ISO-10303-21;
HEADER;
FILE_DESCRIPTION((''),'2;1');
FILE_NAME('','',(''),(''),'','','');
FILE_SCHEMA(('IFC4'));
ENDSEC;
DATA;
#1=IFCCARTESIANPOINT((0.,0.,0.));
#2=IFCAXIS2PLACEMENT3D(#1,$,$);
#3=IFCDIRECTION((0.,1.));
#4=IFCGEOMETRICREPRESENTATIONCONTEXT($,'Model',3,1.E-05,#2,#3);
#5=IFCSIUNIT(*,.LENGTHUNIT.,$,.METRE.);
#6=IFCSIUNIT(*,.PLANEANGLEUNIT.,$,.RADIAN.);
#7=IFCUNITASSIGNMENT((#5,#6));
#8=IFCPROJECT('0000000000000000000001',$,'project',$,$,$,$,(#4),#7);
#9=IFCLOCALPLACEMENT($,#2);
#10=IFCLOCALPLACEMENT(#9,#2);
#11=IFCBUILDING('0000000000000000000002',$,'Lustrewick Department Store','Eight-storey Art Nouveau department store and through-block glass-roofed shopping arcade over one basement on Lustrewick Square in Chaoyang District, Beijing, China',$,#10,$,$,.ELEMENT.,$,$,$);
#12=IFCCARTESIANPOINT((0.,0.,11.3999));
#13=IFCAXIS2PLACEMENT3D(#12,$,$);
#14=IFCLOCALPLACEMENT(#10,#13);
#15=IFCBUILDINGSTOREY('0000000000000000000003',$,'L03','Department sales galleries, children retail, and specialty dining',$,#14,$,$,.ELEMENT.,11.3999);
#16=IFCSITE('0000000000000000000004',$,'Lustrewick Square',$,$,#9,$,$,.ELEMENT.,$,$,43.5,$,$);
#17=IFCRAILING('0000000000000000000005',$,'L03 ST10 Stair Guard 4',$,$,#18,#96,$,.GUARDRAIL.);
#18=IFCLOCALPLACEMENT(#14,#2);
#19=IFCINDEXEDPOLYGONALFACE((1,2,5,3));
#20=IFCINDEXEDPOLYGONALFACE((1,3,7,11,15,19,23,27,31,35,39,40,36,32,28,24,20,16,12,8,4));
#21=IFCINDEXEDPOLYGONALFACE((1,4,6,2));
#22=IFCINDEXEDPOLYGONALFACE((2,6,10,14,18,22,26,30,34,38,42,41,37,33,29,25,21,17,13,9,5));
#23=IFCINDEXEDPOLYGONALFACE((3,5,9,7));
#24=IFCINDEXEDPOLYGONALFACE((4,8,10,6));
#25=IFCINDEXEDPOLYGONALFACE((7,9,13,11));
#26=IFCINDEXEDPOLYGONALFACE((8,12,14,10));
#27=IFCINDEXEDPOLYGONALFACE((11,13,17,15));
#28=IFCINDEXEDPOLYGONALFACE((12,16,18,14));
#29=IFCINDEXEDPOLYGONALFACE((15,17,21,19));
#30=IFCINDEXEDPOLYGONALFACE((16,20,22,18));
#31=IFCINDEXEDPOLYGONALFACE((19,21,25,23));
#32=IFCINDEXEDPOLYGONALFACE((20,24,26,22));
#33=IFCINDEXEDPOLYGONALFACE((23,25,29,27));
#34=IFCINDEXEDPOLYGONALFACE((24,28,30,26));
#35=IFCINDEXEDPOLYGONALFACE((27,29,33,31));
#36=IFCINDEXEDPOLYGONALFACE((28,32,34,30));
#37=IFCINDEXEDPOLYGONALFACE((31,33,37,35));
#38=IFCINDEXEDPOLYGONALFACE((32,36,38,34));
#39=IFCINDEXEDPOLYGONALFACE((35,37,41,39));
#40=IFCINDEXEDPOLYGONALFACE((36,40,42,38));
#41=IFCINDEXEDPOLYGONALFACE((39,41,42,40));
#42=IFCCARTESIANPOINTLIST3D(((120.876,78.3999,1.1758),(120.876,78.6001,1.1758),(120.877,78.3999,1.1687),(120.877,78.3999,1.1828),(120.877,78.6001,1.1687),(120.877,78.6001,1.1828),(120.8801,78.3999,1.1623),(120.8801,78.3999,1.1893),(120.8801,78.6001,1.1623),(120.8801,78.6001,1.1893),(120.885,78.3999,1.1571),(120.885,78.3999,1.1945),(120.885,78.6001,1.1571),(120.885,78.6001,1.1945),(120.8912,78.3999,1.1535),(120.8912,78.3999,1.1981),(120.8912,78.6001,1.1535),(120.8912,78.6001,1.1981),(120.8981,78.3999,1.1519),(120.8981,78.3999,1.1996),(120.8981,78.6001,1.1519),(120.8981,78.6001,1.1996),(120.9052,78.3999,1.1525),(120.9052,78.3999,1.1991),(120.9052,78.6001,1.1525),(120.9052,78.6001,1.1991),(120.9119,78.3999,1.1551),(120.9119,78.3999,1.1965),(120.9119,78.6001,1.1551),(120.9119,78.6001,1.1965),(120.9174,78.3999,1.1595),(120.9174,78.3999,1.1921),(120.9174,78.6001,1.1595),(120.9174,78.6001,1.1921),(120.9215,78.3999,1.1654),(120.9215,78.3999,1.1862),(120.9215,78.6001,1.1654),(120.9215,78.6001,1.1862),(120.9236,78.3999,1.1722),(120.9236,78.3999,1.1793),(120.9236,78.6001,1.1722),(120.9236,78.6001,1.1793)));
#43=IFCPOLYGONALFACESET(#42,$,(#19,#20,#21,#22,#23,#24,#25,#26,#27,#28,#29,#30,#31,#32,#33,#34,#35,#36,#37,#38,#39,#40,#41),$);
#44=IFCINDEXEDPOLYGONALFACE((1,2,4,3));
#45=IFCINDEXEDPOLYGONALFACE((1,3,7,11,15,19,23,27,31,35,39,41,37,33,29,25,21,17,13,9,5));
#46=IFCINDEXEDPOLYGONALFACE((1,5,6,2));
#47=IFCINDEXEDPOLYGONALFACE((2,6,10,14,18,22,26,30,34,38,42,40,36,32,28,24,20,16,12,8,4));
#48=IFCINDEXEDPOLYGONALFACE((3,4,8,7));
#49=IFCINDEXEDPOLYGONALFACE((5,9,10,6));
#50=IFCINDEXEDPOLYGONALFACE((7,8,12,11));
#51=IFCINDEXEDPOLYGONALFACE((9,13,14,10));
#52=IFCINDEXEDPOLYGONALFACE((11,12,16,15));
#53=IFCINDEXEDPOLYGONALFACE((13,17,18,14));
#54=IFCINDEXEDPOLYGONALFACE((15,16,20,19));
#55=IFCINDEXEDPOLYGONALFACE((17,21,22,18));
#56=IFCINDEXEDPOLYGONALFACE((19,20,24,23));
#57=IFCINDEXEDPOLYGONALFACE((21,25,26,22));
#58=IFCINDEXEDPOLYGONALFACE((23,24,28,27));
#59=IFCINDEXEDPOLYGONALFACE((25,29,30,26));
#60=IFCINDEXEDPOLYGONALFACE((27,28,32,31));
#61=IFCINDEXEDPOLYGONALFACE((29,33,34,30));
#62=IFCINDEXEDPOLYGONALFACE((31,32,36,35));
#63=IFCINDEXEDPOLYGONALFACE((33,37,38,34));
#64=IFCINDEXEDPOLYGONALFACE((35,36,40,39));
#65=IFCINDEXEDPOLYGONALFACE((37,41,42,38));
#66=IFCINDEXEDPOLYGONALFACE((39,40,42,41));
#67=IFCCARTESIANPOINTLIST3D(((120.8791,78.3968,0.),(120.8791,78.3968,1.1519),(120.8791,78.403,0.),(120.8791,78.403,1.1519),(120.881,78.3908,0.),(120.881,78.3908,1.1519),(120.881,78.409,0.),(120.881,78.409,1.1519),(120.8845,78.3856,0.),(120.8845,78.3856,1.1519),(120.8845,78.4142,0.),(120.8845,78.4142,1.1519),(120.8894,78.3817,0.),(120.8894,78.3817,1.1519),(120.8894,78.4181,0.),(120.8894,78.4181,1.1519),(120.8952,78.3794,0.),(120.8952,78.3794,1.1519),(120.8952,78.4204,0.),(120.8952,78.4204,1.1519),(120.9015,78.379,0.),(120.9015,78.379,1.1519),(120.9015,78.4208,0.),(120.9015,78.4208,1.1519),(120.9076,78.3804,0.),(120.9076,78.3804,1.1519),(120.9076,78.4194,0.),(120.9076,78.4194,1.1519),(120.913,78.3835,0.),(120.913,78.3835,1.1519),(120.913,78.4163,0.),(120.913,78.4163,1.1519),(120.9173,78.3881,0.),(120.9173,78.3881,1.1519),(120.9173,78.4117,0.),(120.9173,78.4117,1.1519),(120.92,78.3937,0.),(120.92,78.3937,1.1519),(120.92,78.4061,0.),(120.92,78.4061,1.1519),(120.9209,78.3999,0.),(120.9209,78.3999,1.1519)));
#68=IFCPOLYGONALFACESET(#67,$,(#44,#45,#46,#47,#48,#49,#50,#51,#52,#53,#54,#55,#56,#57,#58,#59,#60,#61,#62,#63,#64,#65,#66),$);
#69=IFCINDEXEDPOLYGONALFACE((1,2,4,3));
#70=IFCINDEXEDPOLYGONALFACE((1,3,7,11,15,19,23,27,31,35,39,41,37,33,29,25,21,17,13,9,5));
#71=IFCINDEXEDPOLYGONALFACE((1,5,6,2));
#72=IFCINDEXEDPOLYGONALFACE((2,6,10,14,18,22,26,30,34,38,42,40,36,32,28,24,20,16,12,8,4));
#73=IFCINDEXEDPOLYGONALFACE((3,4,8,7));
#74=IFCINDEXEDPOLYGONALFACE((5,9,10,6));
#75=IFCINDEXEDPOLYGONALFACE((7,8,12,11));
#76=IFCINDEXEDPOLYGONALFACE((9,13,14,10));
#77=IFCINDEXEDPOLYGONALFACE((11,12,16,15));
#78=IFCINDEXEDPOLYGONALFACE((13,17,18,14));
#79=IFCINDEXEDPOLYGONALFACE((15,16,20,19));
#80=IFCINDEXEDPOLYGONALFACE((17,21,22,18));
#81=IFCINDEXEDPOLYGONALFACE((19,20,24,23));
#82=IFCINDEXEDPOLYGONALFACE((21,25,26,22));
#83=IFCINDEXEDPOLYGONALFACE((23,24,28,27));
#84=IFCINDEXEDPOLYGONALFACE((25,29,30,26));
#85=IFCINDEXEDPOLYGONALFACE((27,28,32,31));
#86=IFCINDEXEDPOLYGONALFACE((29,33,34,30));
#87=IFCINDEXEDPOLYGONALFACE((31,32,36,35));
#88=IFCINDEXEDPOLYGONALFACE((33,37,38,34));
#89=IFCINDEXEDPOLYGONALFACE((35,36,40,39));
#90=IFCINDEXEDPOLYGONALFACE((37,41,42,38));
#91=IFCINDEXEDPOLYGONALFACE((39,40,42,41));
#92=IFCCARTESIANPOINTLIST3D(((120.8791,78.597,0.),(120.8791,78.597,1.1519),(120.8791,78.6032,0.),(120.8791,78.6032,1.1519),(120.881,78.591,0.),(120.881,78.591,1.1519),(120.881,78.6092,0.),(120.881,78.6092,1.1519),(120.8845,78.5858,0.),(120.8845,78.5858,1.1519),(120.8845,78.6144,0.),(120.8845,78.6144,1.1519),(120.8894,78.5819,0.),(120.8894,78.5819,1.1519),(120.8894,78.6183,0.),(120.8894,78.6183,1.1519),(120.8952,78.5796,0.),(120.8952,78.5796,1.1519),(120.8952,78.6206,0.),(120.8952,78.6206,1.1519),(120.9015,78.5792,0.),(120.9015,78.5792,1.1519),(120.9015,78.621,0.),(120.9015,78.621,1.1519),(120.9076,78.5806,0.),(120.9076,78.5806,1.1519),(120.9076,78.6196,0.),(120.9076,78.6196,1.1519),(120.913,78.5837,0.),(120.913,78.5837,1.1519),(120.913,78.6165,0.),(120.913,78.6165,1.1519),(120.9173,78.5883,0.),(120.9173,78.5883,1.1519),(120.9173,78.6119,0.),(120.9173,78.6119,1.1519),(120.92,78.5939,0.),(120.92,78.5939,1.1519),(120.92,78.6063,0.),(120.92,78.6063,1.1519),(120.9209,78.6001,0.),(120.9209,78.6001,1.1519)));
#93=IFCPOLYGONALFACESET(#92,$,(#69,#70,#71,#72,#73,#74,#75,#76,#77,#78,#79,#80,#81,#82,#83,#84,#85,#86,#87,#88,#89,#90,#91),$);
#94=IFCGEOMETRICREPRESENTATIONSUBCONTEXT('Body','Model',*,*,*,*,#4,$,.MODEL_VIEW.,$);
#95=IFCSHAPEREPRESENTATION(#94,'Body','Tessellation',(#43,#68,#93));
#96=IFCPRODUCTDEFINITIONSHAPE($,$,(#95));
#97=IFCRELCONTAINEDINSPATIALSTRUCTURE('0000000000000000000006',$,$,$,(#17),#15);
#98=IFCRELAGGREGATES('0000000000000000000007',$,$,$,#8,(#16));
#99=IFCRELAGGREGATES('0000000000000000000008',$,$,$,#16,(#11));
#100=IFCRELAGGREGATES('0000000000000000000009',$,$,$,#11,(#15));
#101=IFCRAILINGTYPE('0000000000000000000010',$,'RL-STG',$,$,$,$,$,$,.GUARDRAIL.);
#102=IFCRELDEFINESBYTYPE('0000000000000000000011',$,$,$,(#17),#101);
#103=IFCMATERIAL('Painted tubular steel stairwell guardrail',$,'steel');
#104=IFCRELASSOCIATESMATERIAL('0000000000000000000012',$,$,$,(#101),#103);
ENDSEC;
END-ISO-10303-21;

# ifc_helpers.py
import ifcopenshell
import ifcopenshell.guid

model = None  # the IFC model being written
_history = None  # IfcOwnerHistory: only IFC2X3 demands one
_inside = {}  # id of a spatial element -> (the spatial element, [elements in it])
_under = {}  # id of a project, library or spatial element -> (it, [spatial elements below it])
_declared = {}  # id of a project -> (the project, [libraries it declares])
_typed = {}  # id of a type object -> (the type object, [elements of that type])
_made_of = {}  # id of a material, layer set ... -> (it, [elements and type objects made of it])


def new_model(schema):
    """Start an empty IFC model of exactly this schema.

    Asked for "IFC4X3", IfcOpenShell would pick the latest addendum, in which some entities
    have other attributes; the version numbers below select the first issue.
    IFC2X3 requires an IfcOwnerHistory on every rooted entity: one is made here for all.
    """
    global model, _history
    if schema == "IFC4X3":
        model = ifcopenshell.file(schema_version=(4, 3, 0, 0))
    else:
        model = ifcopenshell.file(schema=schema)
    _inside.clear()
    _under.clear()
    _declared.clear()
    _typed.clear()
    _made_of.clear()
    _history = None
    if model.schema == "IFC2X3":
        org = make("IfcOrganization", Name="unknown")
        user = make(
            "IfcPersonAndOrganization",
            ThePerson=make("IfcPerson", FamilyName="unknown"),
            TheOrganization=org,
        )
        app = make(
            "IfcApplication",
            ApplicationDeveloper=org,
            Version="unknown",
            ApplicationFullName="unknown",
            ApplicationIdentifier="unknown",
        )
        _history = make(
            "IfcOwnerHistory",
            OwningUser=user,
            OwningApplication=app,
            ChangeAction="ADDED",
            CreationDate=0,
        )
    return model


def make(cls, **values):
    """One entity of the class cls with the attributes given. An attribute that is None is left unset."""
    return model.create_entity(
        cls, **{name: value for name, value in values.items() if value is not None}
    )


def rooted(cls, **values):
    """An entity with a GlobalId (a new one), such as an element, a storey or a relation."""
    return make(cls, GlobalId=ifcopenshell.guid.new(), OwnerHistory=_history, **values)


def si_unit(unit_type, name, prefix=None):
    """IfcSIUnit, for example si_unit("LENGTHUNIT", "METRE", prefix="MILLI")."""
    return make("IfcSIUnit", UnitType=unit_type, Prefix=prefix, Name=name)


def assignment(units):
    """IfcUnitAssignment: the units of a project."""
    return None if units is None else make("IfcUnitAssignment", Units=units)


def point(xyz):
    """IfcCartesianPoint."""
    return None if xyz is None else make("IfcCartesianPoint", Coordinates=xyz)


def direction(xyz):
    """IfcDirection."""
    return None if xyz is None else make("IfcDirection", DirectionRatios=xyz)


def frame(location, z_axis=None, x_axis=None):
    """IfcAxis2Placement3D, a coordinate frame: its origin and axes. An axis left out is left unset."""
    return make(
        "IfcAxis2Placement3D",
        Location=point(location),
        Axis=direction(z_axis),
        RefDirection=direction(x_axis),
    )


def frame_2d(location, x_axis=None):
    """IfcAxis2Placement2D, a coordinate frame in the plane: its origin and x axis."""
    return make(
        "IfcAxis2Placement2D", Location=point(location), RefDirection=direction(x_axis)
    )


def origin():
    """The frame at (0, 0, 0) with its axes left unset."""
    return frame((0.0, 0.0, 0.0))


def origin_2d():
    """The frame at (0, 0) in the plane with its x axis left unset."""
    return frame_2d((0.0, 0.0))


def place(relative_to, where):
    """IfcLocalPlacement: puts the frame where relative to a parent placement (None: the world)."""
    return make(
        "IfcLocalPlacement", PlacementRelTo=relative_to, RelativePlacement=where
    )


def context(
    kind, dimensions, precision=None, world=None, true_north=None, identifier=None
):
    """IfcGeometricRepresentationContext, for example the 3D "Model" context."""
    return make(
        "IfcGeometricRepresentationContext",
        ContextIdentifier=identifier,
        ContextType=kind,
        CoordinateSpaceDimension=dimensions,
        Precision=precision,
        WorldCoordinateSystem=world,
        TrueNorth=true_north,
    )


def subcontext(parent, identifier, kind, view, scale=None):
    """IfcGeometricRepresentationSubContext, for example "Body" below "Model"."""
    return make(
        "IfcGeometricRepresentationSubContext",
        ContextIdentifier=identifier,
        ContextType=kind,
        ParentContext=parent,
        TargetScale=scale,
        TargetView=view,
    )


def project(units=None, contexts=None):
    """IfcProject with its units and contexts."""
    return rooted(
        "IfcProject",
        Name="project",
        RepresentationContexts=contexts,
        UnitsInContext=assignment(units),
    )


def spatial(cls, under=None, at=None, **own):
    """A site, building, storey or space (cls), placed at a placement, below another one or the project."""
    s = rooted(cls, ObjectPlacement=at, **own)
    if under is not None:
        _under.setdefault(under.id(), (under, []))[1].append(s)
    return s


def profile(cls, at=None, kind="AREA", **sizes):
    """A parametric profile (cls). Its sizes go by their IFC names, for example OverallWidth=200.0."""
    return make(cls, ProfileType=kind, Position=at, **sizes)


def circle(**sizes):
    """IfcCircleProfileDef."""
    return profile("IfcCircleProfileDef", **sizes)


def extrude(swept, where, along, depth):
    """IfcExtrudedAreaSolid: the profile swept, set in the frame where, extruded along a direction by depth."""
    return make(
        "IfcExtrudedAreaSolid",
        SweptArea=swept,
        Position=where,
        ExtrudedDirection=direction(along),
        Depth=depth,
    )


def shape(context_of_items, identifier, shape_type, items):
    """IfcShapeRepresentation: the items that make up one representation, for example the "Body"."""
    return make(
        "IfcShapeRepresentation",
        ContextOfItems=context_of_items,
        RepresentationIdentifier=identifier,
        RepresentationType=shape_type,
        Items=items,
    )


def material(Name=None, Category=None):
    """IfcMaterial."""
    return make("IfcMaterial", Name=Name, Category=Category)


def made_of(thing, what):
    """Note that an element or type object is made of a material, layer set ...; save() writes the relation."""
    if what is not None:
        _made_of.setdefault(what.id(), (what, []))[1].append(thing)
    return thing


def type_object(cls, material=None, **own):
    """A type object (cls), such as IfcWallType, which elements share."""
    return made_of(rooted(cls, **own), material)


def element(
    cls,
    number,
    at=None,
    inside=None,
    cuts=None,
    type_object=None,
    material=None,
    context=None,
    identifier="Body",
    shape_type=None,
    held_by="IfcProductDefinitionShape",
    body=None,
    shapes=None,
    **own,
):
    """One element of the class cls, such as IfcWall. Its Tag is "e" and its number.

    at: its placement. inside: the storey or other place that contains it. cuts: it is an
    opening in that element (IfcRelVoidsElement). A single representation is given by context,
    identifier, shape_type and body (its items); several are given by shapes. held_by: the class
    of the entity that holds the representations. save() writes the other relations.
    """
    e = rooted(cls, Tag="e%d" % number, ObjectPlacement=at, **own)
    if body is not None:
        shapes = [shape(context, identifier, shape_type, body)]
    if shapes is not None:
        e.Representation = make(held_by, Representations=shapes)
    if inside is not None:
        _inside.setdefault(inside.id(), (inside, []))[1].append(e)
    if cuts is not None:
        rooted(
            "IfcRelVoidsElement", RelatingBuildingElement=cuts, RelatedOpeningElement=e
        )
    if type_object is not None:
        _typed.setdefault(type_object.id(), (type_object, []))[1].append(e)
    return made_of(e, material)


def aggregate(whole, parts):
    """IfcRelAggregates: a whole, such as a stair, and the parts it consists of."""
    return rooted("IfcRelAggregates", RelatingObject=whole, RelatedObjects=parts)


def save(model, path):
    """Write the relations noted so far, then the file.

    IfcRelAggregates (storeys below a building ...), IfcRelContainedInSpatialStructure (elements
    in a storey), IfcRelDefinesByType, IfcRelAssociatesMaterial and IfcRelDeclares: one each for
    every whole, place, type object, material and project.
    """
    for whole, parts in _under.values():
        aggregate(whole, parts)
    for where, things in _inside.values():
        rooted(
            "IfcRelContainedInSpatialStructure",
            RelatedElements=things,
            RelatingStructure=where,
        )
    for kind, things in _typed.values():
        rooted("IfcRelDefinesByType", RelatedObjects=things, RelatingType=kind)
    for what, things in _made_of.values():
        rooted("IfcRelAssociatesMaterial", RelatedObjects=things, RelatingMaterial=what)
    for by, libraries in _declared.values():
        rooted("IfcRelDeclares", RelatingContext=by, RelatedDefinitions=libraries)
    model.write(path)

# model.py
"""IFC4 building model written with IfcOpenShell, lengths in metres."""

from ifc_helpers import new_model, si_unit, direction, frame, origin, origin_2d, place, context, subcontext, project, spatial, circle, extrude, material, type_object, element, save


model = new_model("IFC4")

# Units and contexts
model_context = context("Model", 3, precision=1e-05, world=origin(), true_north=direction((0.0, 1.0)))
body_context = subcontext(model_context, "Body", "Model", "MODEL_VIEW")
ifc_project = project(units=[si_unit("LENGTHUNIT", "METRE"), si_unit("PLANEANGLEUNIT", "RADIAN")], contexts=[model_context])

# Site, building, storey
site_placement = place(None, origin())
site = spatial("IfcSite", under=ifc_project, at=site_placement, Name="Lustrewick Square", CompositionType="ELEMENT", RefElevation=43.5)
building_placement = place(site_placement, origin())
building = spatial("IfcBuilding", under=site, at=building_placement, Name="Lustrewick Department Store", Description="Eight-storey Art Nouveau department store and through-block glass-roofed shopping arcade over one basement on Lustrewick Square in Chaoyang District, Beijing, China", CompositionType="ELEMENT")
storey_placement = place(building_placement, frame((0.0, 0.0, 11.3999)))
storey = spatial("IfcBuildingStorey", under=building, at=storey_placement, Name="L03", Description="Department sales galleries, children retail, and specialty dining", CompositionType="ELEMENT", Elevation=11.3999)

# Railing
ifc_material_1 = material(Name="Painted tubular steel stairwell guardrail", Category="steel")
railing_type_1 = type_object("IfcRailingType", Name="RL-STG", PredefinedType="GUARDRAIL", material=ifc_material_1)
railing_1_placement = place(storey_placement, frame((120.8999, 78.3999, 0.0)))
element("IfcRailing", 1, at=railing_1_placement, inside=storey, type_object=railing_type_1, Name="L03 ST10 Stair Guard 4", PredefinedType="GUARDRAIL", context=body_context, shape_type="SweptSolid", body=[
    extrude(circle(Radius=0.0239, at=origin_2d()), frame((0.0, 0.0, 1.1758), z_axis=(0.0, 1.0, 0.0), x_axis=(-1.0, 0.0, 0.0)), (0.0, 0.0, 1.0), 0.2002),
    extrude(circle(Radius=0.021, at=origin_2d()), origin(), (0.0, 0.0, 1.0), 1.1519),
    extrude(circle(Radius=0.021, at=origin_2d()), frame((0.0, 0.2002, 0.0)), (0.0, 0.0, 1.0), 1.1519),
])

save(model, "model.ifc")
